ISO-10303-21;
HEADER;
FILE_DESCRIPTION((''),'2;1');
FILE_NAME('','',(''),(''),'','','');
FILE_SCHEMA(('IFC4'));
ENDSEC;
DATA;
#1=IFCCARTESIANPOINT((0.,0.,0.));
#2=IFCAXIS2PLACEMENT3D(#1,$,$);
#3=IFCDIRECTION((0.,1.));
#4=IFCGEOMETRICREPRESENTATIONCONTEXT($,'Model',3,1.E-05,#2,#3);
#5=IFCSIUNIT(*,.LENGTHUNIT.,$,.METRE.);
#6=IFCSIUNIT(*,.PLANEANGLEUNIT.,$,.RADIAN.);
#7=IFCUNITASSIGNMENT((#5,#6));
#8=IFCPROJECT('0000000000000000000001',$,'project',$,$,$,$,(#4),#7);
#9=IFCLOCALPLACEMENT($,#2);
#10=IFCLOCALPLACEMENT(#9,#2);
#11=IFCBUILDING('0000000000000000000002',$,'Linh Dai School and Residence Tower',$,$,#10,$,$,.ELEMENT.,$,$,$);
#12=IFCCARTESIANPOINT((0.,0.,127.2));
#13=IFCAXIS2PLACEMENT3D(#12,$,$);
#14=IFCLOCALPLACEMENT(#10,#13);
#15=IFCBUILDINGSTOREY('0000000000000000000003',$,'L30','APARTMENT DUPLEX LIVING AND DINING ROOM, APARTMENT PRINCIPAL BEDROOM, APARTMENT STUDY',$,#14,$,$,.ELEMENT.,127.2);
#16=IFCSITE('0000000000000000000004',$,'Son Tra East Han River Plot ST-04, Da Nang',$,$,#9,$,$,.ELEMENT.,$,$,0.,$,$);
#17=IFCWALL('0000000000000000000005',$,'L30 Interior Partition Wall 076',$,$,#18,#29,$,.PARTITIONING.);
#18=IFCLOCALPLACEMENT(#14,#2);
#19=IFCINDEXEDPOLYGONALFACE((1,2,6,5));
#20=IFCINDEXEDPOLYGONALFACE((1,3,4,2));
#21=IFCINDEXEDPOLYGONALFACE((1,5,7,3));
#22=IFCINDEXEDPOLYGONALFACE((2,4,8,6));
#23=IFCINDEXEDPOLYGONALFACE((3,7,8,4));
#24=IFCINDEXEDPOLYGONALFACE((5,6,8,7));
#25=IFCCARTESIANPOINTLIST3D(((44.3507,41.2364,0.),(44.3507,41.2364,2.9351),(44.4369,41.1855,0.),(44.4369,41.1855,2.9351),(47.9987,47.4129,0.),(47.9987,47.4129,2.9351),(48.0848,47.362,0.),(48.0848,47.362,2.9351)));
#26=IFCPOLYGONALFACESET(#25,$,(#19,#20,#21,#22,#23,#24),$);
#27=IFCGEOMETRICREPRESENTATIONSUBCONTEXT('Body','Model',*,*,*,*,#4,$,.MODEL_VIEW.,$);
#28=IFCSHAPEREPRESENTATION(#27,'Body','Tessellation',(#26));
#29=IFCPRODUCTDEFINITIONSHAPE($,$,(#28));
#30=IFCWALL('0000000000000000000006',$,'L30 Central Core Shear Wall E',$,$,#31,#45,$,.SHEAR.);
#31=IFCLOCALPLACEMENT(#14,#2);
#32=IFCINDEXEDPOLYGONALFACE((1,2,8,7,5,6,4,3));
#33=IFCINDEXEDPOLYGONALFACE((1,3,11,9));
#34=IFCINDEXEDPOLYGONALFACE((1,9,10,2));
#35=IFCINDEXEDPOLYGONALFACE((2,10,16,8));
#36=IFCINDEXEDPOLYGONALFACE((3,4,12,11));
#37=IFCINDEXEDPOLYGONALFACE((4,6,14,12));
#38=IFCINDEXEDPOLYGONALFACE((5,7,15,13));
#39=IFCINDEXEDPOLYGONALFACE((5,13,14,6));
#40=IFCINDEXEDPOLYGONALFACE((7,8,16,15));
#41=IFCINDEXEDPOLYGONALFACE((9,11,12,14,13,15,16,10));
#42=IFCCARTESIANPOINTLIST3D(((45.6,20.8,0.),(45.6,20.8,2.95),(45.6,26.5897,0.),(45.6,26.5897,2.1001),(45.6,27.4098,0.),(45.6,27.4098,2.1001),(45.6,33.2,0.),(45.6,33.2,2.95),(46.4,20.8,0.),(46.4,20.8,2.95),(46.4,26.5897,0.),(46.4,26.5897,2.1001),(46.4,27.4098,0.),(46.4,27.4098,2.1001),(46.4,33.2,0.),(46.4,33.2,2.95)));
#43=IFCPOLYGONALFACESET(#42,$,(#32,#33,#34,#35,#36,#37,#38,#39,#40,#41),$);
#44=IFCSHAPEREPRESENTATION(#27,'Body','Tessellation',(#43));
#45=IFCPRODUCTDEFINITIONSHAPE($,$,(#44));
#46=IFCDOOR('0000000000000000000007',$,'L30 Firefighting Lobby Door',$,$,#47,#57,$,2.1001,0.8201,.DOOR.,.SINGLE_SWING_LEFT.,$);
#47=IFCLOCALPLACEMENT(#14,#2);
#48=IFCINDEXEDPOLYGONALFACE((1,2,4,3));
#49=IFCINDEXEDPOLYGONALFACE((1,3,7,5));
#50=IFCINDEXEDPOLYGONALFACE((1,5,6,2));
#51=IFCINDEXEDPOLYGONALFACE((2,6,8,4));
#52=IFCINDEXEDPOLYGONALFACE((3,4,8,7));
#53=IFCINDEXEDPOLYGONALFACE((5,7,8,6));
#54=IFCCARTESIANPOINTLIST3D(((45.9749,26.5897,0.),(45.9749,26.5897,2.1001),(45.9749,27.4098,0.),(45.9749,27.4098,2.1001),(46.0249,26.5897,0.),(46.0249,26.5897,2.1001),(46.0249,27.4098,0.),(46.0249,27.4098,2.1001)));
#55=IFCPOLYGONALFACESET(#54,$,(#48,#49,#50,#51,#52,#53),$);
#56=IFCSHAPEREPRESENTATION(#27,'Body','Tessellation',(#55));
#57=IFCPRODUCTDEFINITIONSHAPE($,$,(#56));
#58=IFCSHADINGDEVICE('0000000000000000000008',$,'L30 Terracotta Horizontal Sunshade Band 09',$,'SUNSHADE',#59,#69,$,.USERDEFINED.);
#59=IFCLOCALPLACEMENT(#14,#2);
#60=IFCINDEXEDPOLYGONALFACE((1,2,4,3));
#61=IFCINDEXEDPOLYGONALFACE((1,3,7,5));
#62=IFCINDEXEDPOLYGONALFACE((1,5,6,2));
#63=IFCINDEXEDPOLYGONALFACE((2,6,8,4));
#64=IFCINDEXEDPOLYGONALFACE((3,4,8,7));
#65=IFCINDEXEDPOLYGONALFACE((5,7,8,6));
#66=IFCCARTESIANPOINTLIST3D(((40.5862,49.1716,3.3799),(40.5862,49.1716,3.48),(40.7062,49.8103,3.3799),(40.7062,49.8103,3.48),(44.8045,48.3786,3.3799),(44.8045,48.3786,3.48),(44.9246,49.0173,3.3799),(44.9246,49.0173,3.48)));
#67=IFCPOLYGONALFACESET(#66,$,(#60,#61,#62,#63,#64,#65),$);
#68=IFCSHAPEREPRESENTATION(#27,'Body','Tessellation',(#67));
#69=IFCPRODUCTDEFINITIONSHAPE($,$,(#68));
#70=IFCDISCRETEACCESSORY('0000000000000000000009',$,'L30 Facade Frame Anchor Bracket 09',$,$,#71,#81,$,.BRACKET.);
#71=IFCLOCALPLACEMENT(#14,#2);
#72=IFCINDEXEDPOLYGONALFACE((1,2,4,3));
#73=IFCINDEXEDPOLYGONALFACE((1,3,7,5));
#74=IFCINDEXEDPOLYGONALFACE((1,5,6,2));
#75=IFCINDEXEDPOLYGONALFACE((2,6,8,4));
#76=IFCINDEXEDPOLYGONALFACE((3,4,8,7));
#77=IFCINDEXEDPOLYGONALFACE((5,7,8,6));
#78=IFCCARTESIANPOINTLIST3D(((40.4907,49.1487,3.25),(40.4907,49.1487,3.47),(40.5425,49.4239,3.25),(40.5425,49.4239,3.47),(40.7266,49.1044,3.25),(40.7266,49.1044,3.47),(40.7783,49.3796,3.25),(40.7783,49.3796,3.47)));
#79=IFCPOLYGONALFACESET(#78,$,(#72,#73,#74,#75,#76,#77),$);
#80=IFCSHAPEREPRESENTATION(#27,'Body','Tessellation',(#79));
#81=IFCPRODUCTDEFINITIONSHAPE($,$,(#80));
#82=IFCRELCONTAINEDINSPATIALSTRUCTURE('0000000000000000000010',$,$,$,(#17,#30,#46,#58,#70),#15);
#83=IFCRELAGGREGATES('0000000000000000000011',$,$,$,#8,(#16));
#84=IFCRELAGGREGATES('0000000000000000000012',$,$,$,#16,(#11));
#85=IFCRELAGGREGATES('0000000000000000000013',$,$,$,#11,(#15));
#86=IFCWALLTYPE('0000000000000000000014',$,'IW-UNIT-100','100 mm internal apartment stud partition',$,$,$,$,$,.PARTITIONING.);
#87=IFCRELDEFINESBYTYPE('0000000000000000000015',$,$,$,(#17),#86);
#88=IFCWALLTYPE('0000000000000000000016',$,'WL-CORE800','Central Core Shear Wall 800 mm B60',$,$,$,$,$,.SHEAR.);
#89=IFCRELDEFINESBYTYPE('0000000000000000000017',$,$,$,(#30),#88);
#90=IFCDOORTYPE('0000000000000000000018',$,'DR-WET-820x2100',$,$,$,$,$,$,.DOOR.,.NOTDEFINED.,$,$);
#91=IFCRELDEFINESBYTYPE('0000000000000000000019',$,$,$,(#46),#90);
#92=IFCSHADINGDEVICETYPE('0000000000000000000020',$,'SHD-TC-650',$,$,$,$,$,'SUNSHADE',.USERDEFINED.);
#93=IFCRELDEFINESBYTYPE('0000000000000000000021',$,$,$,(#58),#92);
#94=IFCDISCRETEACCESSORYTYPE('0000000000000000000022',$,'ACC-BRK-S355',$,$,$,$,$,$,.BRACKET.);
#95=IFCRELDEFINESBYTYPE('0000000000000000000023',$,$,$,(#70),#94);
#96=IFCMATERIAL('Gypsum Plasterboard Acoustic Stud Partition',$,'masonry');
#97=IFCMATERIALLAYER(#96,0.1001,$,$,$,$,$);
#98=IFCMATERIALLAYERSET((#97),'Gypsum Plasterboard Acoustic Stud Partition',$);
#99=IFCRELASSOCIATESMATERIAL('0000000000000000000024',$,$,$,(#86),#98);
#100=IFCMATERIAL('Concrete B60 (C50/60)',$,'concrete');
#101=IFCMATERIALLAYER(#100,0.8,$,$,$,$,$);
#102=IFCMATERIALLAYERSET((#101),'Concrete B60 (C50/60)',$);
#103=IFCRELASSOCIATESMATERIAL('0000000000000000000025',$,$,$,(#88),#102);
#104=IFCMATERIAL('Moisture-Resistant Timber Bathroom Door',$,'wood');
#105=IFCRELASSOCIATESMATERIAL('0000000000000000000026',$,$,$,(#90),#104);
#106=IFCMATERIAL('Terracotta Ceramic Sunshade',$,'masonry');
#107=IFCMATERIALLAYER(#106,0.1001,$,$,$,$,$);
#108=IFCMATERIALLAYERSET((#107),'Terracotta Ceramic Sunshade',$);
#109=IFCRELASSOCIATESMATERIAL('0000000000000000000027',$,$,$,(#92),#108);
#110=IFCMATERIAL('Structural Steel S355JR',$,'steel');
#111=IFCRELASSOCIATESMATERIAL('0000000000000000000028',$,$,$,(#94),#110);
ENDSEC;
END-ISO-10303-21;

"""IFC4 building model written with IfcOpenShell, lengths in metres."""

from ifc_helpers import new_model, si_unit, direction, frame, frame_2d, origin, origin_2d, place, context, subcontext, project, spatial, rectangle, extrude, source, transform, mapped, material, layer, layer_set, type_object, element, fill, save


model = new_model("IFC4")

# Units and contexts
model_context = context("Model", 3, precision=1e-05, world=origin(), true_north=direction((0.0, 1.0)))
body_context = subcontext(model_context, "Body", "Model", "MODEL_VIEW")
ifc_project = project(units=[si_unit("LENGTHUNIT", "METRE"), si_unit("PLANEANGLEUNIT", "RADIAN")], contexts=[model_context])

# Site, building, storey
site_placement = place(None, origin())
site = spatial("IfcSite", under=ifc_project, at=site_placement, Name="Son Tra East Han River Plot ST-04, Da Nang", CompositionType="ELEMENT", RefElevation=0.0)
building_placement = place(site_placement, origin())
building = spatial("IfcBuilding", under=site, at=building_placement, Name="Linh Dai School and Residence Tower", CompositionType="ELEMENT")
storey_placement = place(building_placement, frame((0.0, 0.0, 127.2)))
storey = spatial("IfcBuildingStorey", under=building, at=storey_placement, Name="L30", Description="APARTMENT DUPLEX LIVING AND DINING ROOM, APARTMENT PRINCIPAL BEDROOM, APARTMENT STUDY", CompositionType="ELEMENT", Elevation=127.2)

# Shared definitions
ifc_material_1 = material(Name="Concrete B60 (C50/60)", Category="concrete")
ifc_material_2 = material(Name="Structural Steel S355JR", Category="steel")

# Shared definitions
ifc_material_3 = material(Name="Gypsum Plasterboard Acoustic Stud Partition", Category="masonry")
ifc_layer_1 = layer(ifc_material_3, 0.1001)
ifc_layer_set_1 = layer_set([ifc_layer_1], Name="Gypsum Plasterboard Acoustic Stud Partition")
wall_type_1 = type_object("IfcWallType", Name="IW-UNIT-100", Description="100 mm internal apartment stud partition", PredefinedType="PARTITIONING", material=ifc_layer_set_1)

# Wall
wall_1_placement = place(storey_placement, frame((44.3938, 41.2109, 0.0), z_axis=(0.0, 0.0, 1.0), x_axis=(0.508542, 0.861037, 0.0)))
element("IfcWall", 1, at=wall_1_placement, inside=storey, type_object=wall_type_1, Name="L30 Interior Partition Wall 076", PredefinedType="PARTITIONING", context=body_context, shape_type="SweptSolid", body=[
    extrude(rectangle(XDim=7.1733, YDim=0.1001, at=frame_2d((3.5867, 0.0))), origin(), (0.0, 0.0, 1.0), 2.9351),
])

# Wall, opening, door
ifc_layer_2 = layer(ifc_material_1, 0.8)
ifc_layer_set_2 = layer_set([ifc_layer_2], Name="Concrete B60 (C50/60)")
wall_type_2 = type_object("IfcWallType", Name="WL-CORE800", Description="Central Core Shear Wall 800 mm B60", PredefinedType="SHEAR", material=ifc_layer_set_2)
wall_2_placement = place(storey_placement, frame((46.0, 33.2, 0.0), z_axis=(0.0, 0.0, 1.0), x_axis=(0.0, -1.0, 0.0)))
wall_2 = element("IfcWall", 2, at=wall_2_placement, inside=storey, type_object=wall_type_2, Name="L30 Central Core Shear Wall E", PredefinedType="SHEAR", context=body_context, shape_type="SweptSolid", body=[
    extrude(rectangle(XDim=12.3999, YDim=0.8, at=frame_2d((6.2, 0.0))), origin(), (0.0, 0.0, 1.0), 2.95),
])
opening_1_placement = place(wall_2_placement, frame((5.79, 0.0, 0.0)))
opening_1 = element("IfcOpeningElement", 3, at=opening_1_placement, cuts=wall_2, PredefinedType="OPENING", context=body_context, shape_type="SweptSolid", body=[
    extrude(rectangle(XDim=0.8201, YDim=2.1001, at=origin_2d()), frame((0.4102, 0.4102, 1.05), z_axis=(0.0, -1.0, 0.0), x_axis=(1.0, 0.0, 0.0)), (0.0, 0.0, 1.0), 0.8201),
])
ifc_material_4 = material(Name="Moisture-Resistant Timber Bathroom Door", Category="wood")
door_type_1 = type_object("IfcDoorType", Name="DR-WET-820x2100", OperationType="NOTDEFINED", PredefinedType="DOOR", material=ifc_material_4)
shared_shape_1 = source(origin(), body_context, "Body", "SweptSolid", [
    extrude(rectangle(XDim=0.8201, YDim=2.1001, at=origin_2d()), frame((0.4102, 0.0249, 1.05), z_axis=(0.0, -1.0, 0.0), x_axis=(1.0, 0.0, 0.0)), (0.0, 0.0, 1.0), 0.05),
])
door_1_placement = place(opening_1_placement, origin())
door_1 = element("IfcDoor", 4, at=door_1_placement, inside=storey, type_object=door_type_1, Name="L30 Firefighting Lobby Door", OperationType="SINGLE_SWING_LEFT", OverallHeight=2.1001, OverallWidth=0.8201, PredefinedType="DOOR", context=body_context, shape_type="MappedRepresentation", body=[
    mapped(shared_shape_1, transform((0.0, 0.0, 0.0), x_axis=(1.0, 0.0, 0.0), y_axis=(0.0, 1.0, 0.0), z_axis=(0.0, 0.0, 1.0), scale=1.0)),
])
fill(opening_1, door_1)

# Shading device
ifc_material_5 = material(Name="Terracotta Ceramic Sunshade", Category="masonry")
ifc_layer_3 = layer(ifc_material_5, 0.1001)
ifc_layer_set_3 = layer_set([ifc_layer_3], Name="Terracotta Ceramic Sunshade")
shading_device_type = type_object("IfcShadingDeviceType", Name="SHD-TC-650", ElementType="SUNSHADE", PredefinedType="USERDEFINED", material=ifc_layer_set_3)
shared_shape_2 = source(origin(), body_context, "Body", "SweptSolid", [
    extrude(rectangle(XDim=4.2922, YDim=0.6499, at=origin_2d()), origin(), (0.0, 0.0, 1.0), 0.1001),
])
shading_device_placement = place(storey_placement, frame((42.7554, 49.0945, 3.3799), z_axis=(0.0, 0.0, 1.0), x_axis=(0.982785, -0.184755, 0.0)))
element("IfcShadingDevice", 5, at=shading_device_placement, inside=storey, type_object=shading_device_type, Name="L30 Terracotta Horizontal Sunshade Band 09", ObjectType="SUNSHADE", PredefinedType="USERDEFINED", context=body_context, shape_type="MappedRepresentation", body=[
    mapped(shared_shape_2, transform((0.0, 0.0, 0.0), x_axis=(1.0, 0.0, 0.0), y_axis=(0.0, 1.0, 0.0), z_axis=(0.0, 0.0, 1.0), scale=1.0)),
])

# Discrete accessory
discrete_accessory_type = type_object("IfcDiscreteAccessoryType", Name="ACC-BRK-S355", PredefinedType="BRACKET", material=ifc_material_2)
shared_shape_3 = source(origin(), body_context, "Body", "SweptSolid", [
    extrude(rectangle(XDim=0.28, YDim=0.24, at=origin_2d()), origin(), (0.0, 0.0, 1.0), 0.22),
])
discrete_accessory_placement = place(storey_placement, frame((40.6345, 49.2642, 3.25), z_axis=(0.0, 0.0, 1.0), x_axis=(0.184755, 0.982785, 0.0)))
element("IfcDiscreteAccessory", 6, at=discrete_accessory_placement, inside=storey, type_object=discrete_accessory_type, Name="L30 Facade Frame Anchor Bracket 09", PredefinedType="BRACKET", context=body_context, shape_type="MappedRepresentation", body=[
    mapped(shared_shape_3, transform((0.0, 0.0, 0.0), x_axis=(1.0, 0.0, 0.0), y_axis=(0.0, 1.0, 0.0), z_axis=(0.0, 0.0, 1.0), scale=1.0)),
])

save(model, "model.ifc")
